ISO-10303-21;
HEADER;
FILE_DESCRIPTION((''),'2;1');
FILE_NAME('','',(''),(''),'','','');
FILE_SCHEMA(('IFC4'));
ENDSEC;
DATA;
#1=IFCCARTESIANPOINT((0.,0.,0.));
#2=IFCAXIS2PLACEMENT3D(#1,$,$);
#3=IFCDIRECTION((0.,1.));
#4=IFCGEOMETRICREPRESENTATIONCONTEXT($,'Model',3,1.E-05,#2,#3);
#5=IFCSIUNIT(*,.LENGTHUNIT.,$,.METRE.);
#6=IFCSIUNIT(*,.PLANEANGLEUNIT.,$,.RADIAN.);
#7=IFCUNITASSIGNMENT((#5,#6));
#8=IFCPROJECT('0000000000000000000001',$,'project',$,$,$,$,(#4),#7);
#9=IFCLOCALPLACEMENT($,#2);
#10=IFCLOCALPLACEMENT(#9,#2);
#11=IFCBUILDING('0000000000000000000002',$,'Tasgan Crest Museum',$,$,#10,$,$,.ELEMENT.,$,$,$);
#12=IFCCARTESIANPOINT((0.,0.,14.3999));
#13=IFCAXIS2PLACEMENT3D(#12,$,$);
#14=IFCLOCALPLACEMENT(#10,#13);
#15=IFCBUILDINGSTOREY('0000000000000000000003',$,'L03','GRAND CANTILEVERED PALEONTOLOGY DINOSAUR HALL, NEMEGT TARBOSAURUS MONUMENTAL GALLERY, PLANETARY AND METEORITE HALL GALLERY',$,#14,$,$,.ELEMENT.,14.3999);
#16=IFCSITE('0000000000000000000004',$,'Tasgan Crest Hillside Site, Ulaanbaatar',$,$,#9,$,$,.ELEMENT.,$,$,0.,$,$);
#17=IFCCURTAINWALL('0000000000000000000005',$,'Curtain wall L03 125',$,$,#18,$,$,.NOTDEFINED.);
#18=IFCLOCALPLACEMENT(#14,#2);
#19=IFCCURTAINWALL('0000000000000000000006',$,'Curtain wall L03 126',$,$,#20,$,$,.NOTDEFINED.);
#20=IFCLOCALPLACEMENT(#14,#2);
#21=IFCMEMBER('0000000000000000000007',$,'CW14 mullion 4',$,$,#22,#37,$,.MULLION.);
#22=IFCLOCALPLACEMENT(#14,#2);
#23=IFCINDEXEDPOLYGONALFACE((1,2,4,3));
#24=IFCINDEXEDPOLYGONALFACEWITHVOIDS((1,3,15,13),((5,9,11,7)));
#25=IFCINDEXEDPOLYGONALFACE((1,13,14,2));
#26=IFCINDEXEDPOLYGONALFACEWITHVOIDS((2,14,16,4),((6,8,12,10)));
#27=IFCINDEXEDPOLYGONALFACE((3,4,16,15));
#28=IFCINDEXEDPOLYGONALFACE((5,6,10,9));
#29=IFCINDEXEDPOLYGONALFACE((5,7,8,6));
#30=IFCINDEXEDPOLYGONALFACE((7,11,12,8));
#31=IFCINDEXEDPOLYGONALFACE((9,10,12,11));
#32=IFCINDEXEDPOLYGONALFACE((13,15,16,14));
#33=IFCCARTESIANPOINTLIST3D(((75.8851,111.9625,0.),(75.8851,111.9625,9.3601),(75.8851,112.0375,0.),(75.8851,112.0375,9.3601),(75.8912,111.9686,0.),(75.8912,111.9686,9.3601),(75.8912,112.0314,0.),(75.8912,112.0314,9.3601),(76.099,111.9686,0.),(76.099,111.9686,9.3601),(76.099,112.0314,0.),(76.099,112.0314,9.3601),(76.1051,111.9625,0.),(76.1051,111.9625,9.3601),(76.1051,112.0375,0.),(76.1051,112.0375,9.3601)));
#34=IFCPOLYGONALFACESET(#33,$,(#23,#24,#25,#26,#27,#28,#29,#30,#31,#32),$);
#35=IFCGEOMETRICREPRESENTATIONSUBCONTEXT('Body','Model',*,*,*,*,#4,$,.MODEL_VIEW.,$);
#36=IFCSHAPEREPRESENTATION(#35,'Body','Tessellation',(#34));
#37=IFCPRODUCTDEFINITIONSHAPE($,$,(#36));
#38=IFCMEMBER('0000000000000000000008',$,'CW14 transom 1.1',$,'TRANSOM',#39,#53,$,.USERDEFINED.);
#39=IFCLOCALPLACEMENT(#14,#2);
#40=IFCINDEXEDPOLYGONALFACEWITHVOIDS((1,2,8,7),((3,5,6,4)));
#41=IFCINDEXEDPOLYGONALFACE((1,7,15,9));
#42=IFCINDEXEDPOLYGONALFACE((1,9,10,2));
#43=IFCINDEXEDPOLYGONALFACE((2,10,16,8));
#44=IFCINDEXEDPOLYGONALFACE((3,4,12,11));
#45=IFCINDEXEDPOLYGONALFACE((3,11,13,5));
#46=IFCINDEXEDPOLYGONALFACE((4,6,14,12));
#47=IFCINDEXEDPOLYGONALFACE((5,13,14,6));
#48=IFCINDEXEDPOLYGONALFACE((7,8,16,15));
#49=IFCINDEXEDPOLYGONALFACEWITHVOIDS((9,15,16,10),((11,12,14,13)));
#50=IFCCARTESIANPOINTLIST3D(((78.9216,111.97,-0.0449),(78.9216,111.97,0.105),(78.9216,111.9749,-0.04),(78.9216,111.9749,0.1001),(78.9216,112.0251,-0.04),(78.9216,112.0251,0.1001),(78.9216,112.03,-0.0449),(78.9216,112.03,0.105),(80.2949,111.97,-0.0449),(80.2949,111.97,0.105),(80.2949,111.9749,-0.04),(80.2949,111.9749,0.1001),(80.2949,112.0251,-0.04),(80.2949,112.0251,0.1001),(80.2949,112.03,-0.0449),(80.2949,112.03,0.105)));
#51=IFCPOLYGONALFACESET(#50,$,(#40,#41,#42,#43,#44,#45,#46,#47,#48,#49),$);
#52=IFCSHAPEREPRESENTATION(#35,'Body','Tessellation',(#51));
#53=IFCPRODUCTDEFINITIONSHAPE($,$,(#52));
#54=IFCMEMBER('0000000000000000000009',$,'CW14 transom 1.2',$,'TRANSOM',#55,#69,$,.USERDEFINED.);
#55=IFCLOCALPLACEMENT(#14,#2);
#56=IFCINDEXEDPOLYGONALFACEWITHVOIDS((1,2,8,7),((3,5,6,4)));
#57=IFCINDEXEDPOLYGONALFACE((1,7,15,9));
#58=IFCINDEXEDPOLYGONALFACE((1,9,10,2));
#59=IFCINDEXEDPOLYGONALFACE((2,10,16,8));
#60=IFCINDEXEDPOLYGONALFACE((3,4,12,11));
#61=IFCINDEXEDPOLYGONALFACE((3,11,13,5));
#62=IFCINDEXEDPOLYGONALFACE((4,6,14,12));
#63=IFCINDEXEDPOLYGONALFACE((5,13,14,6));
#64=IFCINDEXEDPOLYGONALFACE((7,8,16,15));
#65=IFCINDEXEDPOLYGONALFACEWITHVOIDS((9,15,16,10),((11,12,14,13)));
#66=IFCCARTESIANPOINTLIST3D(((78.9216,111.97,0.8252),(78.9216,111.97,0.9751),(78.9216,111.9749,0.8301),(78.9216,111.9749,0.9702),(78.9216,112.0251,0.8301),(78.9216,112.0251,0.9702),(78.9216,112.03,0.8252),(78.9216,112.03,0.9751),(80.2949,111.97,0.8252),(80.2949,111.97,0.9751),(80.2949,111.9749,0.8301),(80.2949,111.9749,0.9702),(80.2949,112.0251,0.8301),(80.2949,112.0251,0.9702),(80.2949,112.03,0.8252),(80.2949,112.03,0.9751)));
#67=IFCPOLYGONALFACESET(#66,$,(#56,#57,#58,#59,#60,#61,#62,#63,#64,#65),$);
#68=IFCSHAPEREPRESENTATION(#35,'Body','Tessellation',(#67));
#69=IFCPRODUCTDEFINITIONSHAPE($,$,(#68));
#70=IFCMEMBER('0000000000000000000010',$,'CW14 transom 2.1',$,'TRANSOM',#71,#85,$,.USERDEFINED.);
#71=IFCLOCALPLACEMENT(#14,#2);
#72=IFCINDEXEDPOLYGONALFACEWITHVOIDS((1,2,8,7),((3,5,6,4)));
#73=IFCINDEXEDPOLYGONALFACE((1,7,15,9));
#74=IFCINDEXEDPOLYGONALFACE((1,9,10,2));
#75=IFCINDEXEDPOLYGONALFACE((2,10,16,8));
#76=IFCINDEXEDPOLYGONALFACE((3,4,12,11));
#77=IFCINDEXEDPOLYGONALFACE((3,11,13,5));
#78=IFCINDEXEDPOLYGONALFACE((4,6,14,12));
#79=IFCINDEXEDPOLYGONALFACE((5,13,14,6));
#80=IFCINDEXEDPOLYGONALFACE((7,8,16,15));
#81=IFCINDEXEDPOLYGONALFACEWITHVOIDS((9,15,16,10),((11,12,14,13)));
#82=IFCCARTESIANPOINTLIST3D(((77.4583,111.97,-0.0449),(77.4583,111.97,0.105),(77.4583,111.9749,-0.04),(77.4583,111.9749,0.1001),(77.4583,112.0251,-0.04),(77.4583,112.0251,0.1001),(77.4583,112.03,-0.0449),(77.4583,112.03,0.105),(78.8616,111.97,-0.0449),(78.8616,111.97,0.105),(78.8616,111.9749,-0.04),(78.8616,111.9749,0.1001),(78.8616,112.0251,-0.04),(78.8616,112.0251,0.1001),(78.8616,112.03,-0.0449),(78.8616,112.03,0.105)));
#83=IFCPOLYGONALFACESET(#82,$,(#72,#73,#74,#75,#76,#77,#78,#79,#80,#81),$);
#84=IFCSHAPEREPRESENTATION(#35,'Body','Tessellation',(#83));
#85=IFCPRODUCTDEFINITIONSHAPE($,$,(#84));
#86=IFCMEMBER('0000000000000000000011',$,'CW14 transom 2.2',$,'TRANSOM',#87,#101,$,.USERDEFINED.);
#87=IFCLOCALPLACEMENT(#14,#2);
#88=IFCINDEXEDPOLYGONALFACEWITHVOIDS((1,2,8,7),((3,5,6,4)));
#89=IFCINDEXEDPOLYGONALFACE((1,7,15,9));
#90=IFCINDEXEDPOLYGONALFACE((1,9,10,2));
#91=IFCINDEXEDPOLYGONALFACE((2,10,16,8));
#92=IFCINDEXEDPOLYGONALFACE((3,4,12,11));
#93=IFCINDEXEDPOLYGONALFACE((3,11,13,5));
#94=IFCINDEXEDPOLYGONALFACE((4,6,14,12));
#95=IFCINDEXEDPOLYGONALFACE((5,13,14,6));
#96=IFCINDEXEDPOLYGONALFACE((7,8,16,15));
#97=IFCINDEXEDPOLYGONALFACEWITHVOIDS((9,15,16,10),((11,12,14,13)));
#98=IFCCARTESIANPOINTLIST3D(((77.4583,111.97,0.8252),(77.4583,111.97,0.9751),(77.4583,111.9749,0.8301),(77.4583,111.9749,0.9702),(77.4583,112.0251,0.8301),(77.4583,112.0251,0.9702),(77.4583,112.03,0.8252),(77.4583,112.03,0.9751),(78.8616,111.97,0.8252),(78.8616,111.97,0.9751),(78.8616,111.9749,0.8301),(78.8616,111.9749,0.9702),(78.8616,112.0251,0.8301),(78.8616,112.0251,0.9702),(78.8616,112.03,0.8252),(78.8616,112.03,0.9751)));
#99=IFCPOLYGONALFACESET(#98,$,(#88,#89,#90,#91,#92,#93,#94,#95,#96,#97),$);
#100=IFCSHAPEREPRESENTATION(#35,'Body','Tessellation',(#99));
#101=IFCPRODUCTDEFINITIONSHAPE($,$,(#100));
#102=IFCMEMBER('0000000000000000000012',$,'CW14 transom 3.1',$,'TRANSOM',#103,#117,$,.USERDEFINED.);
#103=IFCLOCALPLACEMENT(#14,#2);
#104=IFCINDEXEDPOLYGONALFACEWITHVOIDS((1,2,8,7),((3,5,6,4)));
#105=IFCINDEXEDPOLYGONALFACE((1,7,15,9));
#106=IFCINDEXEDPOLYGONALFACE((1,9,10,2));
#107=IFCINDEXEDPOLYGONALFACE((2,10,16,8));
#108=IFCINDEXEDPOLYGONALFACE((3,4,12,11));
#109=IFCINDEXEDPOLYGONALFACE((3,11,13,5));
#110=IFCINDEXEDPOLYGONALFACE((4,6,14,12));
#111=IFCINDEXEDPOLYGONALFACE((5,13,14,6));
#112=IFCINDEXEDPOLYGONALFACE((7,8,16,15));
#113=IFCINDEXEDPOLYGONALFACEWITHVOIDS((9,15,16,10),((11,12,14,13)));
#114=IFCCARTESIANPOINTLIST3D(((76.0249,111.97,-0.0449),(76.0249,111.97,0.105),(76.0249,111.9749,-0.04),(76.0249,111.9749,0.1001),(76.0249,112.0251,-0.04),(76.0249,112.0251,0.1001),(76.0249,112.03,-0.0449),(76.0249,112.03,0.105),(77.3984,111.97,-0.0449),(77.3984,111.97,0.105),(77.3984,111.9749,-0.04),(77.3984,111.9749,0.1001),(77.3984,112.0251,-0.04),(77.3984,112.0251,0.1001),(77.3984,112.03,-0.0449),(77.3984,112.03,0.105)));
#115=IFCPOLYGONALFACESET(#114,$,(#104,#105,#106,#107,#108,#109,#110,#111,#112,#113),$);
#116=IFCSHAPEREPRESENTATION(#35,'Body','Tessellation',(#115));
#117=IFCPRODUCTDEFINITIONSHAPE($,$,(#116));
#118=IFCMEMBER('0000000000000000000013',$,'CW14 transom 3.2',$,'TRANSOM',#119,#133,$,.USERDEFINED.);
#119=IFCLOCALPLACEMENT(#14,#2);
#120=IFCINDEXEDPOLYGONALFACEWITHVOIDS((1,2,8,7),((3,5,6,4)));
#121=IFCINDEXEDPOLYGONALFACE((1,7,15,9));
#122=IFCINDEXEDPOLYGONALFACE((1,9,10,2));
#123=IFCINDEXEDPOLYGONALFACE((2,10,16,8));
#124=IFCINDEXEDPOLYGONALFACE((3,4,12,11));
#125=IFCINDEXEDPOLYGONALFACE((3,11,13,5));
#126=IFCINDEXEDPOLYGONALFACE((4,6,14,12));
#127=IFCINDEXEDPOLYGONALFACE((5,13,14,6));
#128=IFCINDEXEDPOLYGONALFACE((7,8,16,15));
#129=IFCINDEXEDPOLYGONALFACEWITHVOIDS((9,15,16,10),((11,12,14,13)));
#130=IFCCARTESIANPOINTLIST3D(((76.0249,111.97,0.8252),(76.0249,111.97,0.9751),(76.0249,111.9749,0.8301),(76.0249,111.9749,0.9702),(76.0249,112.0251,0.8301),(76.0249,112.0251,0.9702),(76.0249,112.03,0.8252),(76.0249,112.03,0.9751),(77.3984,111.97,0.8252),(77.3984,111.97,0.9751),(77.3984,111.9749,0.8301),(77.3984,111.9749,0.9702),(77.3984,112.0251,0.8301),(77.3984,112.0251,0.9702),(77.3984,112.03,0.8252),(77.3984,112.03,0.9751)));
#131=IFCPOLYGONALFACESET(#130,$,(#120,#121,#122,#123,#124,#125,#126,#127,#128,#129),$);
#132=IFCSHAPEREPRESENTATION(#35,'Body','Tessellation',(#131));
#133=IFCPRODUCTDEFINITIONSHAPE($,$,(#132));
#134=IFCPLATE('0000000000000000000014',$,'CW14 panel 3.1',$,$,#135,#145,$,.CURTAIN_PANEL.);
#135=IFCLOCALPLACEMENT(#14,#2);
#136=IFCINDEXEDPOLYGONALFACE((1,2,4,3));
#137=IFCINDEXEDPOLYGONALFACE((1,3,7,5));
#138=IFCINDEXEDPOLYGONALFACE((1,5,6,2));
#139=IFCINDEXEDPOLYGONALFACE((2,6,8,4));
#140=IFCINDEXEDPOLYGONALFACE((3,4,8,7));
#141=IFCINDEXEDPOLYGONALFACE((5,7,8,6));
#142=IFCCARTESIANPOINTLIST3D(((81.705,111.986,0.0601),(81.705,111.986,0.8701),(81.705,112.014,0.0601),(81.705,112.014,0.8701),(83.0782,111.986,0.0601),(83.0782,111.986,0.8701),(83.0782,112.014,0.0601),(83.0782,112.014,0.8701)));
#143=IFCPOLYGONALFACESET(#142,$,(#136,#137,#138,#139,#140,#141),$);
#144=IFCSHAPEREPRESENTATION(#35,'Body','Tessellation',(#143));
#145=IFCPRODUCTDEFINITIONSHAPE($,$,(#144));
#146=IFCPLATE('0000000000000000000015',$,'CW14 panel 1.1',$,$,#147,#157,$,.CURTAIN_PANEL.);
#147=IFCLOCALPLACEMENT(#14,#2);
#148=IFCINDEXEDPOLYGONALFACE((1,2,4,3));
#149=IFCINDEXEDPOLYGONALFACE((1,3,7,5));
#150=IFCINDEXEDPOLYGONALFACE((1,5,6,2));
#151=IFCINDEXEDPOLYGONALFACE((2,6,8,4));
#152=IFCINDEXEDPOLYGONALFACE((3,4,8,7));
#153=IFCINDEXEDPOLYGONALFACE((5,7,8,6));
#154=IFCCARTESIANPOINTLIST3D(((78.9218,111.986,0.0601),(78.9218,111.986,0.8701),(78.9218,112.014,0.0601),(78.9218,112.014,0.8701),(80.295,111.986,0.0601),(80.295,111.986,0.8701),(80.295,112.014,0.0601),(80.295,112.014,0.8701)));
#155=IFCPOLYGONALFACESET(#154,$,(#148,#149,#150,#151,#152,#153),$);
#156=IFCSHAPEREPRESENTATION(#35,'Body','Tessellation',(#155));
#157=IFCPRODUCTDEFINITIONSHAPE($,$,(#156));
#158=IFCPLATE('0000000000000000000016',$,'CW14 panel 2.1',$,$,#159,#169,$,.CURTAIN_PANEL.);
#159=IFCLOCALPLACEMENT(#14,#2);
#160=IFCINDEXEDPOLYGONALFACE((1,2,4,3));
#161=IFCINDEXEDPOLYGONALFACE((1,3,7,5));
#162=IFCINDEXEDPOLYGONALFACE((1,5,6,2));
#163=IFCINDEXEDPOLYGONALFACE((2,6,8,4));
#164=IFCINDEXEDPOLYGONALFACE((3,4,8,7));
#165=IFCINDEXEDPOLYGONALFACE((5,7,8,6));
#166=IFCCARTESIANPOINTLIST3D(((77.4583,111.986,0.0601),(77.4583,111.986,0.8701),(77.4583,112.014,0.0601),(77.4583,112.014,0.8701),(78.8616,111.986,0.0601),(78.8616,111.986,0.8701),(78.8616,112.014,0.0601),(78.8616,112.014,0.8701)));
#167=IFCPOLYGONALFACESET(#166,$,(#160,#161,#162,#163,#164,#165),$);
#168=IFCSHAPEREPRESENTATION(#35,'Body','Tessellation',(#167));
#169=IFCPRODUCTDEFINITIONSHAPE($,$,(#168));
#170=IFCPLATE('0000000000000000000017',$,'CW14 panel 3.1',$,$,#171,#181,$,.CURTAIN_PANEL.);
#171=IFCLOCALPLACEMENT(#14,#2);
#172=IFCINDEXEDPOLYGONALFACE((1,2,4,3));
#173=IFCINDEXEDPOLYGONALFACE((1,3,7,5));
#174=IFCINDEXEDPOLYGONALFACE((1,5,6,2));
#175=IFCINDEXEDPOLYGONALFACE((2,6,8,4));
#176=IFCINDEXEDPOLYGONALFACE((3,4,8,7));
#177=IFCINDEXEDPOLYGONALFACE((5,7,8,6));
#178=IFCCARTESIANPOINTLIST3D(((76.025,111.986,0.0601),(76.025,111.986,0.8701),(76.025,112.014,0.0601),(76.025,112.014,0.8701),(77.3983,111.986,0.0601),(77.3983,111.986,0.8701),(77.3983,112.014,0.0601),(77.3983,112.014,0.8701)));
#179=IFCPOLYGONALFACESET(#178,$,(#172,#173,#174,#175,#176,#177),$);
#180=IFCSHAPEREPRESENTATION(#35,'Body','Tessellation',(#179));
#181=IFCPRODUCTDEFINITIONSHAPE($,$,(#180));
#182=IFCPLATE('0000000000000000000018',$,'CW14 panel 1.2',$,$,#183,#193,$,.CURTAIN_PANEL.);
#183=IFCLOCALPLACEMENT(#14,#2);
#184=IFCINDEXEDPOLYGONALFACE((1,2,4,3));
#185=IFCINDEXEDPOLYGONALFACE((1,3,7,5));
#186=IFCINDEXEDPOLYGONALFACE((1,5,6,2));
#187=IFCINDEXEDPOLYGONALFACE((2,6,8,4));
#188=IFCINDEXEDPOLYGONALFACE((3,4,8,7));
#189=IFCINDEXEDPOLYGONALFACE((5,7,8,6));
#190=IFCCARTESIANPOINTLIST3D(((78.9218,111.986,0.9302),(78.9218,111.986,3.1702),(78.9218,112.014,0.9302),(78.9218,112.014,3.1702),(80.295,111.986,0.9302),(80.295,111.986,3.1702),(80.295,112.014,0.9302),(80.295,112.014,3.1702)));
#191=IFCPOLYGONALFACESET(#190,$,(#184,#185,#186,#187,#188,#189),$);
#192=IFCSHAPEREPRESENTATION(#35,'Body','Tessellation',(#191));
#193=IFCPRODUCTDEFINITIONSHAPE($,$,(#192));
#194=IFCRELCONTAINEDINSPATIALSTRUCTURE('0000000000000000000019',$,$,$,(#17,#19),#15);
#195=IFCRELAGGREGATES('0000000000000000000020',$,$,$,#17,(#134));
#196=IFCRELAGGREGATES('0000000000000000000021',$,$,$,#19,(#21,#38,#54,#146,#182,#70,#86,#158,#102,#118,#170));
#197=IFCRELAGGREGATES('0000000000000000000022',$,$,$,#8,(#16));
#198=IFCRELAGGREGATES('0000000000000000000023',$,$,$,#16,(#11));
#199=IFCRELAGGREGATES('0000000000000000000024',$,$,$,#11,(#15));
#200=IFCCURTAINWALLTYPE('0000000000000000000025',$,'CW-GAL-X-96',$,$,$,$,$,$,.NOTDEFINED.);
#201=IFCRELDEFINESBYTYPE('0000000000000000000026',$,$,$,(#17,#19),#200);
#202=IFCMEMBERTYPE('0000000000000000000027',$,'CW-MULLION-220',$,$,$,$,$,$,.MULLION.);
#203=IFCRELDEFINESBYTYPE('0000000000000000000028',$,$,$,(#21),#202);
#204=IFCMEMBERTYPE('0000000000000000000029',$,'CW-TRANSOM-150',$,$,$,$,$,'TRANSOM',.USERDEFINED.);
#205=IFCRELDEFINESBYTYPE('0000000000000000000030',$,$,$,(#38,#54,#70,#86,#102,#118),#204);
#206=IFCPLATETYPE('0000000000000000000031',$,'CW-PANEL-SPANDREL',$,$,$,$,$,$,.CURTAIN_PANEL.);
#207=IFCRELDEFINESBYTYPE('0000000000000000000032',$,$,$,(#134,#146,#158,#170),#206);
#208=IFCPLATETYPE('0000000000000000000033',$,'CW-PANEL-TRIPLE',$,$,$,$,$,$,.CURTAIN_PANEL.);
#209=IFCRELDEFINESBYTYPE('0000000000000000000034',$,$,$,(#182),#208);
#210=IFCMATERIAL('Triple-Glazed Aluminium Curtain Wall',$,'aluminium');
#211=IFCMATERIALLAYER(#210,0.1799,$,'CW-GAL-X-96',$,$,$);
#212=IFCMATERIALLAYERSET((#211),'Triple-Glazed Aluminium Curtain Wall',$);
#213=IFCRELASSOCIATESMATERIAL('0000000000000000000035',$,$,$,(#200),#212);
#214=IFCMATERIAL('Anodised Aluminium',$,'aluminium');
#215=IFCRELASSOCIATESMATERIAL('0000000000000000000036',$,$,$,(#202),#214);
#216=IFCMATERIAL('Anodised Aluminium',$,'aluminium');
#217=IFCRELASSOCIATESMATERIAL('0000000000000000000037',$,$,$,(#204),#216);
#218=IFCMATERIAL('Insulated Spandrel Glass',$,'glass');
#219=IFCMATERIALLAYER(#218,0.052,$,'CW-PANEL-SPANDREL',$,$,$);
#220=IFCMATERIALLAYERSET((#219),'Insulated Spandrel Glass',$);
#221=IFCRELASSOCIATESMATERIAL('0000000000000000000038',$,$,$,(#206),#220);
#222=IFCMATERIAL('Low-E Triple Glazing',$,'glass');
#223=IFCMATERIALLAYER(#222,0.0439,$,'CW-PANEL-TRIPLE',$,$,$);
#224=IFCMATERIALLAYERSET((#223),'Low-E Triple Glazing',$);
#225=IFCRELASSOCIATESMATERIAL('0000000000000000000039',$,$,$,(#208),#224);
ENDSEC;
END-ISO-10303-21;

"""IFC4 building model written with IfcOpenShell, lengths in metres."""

from ifc_helpers import new_model, si_unit, direction, frame, origin, origin_2d, place, context, subcontext, project, spatial, rectangle, hollow_rectangle, extrude, material, layer, layer_set, material_profile, profile_set, type_object, element, aggregate, save


model = new_model("IFC4")

# Units and contexts
model_context = context("Model", 3, precision=1e-05, world=origin(), true_north=direction((0.0, 1.0)))
body_context = subcontext(model_context, "Body", "Model", "MODEL_VIEW")
ifc_project = project(units=[si_unit("LENGTHUNIT", "METRE"), si_unit("PLANEANGLEUNIT", "RADIAN")], contexts=[model_context])

# Site, building, storey
site_placement = place(None, origin())
site = spatial("IfcSite", under=ifc_project, at=site_placement, Name="Tasgan Crest Hillside Site, Ulaanbaatar", CompositionType="ELEMENT", RefElevation=0.0)
building_placement = place(site_placement, origin())
building = spatial("IfcBuilding", under=site, at=building_placement, Name="Tasgan Crest Museum", CompositionType="ELEMENT")
storey_placement = place(building_placement, frame((0.0, 0.0, 14.3999)))
storey = spatial("IfcBuildingStorey", under=building, at=storey_placement, Name="L03", Description="GRAND CANTILEVERED PALEONTOLOGY DINOSAUR HALL, NEMEGT TARBOSAURUS MONUMENTAL GALLERY, PLANETARY AND METEORITE HALL GALLERY", CompositionType="ELEMENT", Elevation=14.3999)

# Curtain wall
ifc_material_1 = material(Name="Triple-Glazed Aluminium Curtain Wall", Category="aluminium")
ifc_layer_1 = layer(ifc_material_1, 0.1799, Name="CW-GAL-X-96")
ifc_layer_set_1 = layer_set([ifc_layer_1], Name="Triple-Glazed Aluminium Curtain Wall")
curtain_wall_type = type_object("IfcCurtainWallType", Name="CW-GAL-X-96", PredefinedType="NOTDEFINED", material=ifc_layer_set_1)
curtain_wall_1_placement = place(storey_placement, origin())
curtain_wall_1 = element("IfcCurtainWall", 1, at=curtain_wall_1_placement, inside=storey, type_object=curtain_wall_type, Name="Curtain wall L03 125", PredefinedType="NOTDEFINED")
ifc_material_2 = material(Name="Anodised Aluminium", Category="aluminium")
ifc_material_profile_1 = material_profile(ifc_material_2, hollow_rectangle(XDim=0.075, YDim=0.22, WallThickness=0.0061, at=origin_2d()), Name="ALU MULLION 220x75x6")
ifc_profile_set_1 = profile_set([ifc_material_profile_1], Name="Anodised Aluminium")
member_type_1 = type_object("IfcMemberType", Name="CW-MULLION-220", PredefinedType="MULLION", material=ifc_profile_set_1)

# Curtain wall, members
curtain_wall_2_placement = place(storey_placement, origin())
curtain_wall_2 = element("IfcCurtainWall", 2, at=curtain_wall_2_placement, inside=storey, type_object=curtain_wall_type, Name="Curtain wall L03 126", PredefinedType="NOTDEFINED")
member_1_placement = place(storey_placement, frame((75.9951, 112.0, 0.0), z_axis=(0.0, 0.0, 1.0), x_axis=(0.0, -1.0, 0.0)))
member_1 = element("IfcMember", 3, at=member_1_placement, type_object=member_type_1, Name="CW14 mullion 4", PredefinedType="MULLION", context=body_context, shape_type="SweptSolid", body=[
    extrude(hollow_rectangle(XDim=0.075, YDim=0.22, WallThickness=0.0061, at=origin_2d()), origin(), (0.0, 0.0, 1.0), 9.3601),
])
ifc_material_3 = material(Name="Anodised Aluminium", Category="aluminium")
ifc_material_profile_2 = material_profile(ifc_material_3, hollow_rectangle(XDim=0.0601, YDim=0.1499, WallThickness=0.0049, at=origin_2d()), Name="ALU TRANSOM 150x60x5")
ifc_profile_set_2 = profile_set([ifc_material_profile_2], Name="Anodised Aluminium")
member_type_2 = type_object("IfcMemberType", Name="CW-TRANSOM-150", ElementType="TRANSOM", PredefinedType="USERDEFINED", material=ifc_profile_set_2)
member_2_placement = place(storey_placement, frame((80.2949, 112.0, 0.03), z_axis=(-1.0, 0.0, 0.0), x_axis=(0.0, -1.0, 0.0)))
member_2 = element("IfcMember", 4, at=member_2_placement, type_object=member_type_2, Name="CW14 transom 1.1", ObjectType="TRANSOM", PredefinedType="USERDEFINED", context=body_context, shape_type="SweptSolid", body=[
    extrude(hollow_rectangle(XDim=0.0601, YDim=0.1499, WallThickness=0.0049, at=origin_2d()), origin(), (0.0, 0.0, 1.0), 1.3733),
])
member_3_placement = place(storey_placement, frame((80.2949, 112.0, 0.9001), z_axis=(-1.0, 0.0, 0.0), x_axis=(0.0, -1.0, 0.0)))
member_3 = element("IfcMember", 5, at=member_3_placement, type_object=member_type_2, Name="CW14 transom 1.2", ObjectType="TRANSOM", PredefinedType="USERDEFINED", context=body_context, shape_type="SweptSolid", body=[
    extrude(hollow_rectangle(XDim=0.0601, YDim=0.1499, WallThickness=0.0049, at=origin_2d()), origin(), (0.0, 0.0, 1.0), 1.3733),
])
member_4_placement = place(storey_placement, frame((78.8616, 112.0, 0.03), z_axis=(-1.0, 0.0, 0.0), x_axis=(0.0, -1.0, 0.0)))
member_4 = element("IfcMember", 6, at=member_4_placement, type_object=member_type_2, Name="CW14 transom 2.1", ObjectType="TRANSOM", PredefinedType="USERDEFINED", context=body_context, shape_type="SweptSolid", body=[
    extrude(hollow_rectangle(XDim=0.0601, YDim=0.1499, WallThickness=0.0049, at=origin_2d()), origin(), (0.0, 0.0, 1.0), 1.4033),
])
member_5_placement = place(storey_placement, frame((78.8616, 112.0, 0.9001), z_axis=(-1.0, 0.0, 0.0), x_axis=(0.0, -1.0, 0.0)))
member_5 = element("IfcMember", 7, at=member_5_placement, type_object=member_type_2, Name="CW14 transom 2.2", ObjectType="TRANSOM", PredefinedType="USERDEFINED", context=body_context, shape_type="SweptSolid", body=[
    extrude(hollow_rectangle(XDim=0.0601, YDim=0.1499, WallThickness=0.0049, at=origin_2d()), origin(), (0.0, 0.0, 1.0), 1.4033),
])
member_6_placement = place(storey_placement, frame((77.3984, 112.0, 0.03), z_axis=(-1.0, 0.0, 0.0), x_axis=(0.0, -1.0, 0.0)))
member_6 = element("IfcMember", 8, at=member_6_placement, type_object=member_type_2, Name="CW14 transom 3.1", ObjectType="TRANSOM", PredefinedType="USERDEFINED", context=body_context, shape_type="SweptSolid", body=[
    extrude(hollow_rectangle(XDim=0.0601, YDim=0.1499, WallThickness=0.0049, at=origin_2d()), origin(), (0.0, 0.0, 1.0), 1.3735),
])
member_7_placement = place(storey_placement, frame((77.3984, 112.0, 0.9001), z_axis=(-1.0, 0.0, 0.0), x_axis=(0.0, -1.0, 0.0)))
member_7 = element("IfcMember", 9, at=member_7_placement, type_object=member_type_2, Name="CW14 transom 3.2", ObjectType="TRANSOM", PredefinedType="USERDEFINED", context=body_context, shape_type="SweptSolid", body=[
    extrude(hollow_rectangle(XDim=0.0601, YDim=0.1499, WallThickness=0.0049, at=origin_2d()), origin(), (0.0, 0.0, 1.0), 1.3735),
])

# Plates
ifc_material_4 = material(Name="Insulated Spandrel Glass", Category="glass")
ifc_layer_2 = layer(ifc_material_4, 0.052, Name="CW-PANEL-SPANDREL")
ifc_layer_set_2 = layer_set([ifc_layer_2], Name="Insulated Spandrel Glass")
plate_type_1 = type_object("IfcPlateType", Name="CW-PANEL-SPANDREL", PredefinedType="CURTAIN_PANEL", material=ifc_layer_set_2)
plate_1_placement = place(storey_placement, frame((82.3916, 112.0, 0.0601), z_axis=(0.0, 0.0, 1.0), x_axis=(-1.0, 0.0, 0.0)))
plate_1 = element("IfcPlate", 10, at=plate_1_placement, type_object=plate_type_1, Name="CW14 panel 3.1", PredefinedType="CURTAIN_PANEL", context=body_context, shape_type="SweptSolid", body=[
    extrude(rectangle(XDim=1.3733, YDim=0.0281, at=origin_2d()), origin(), (0.0, 0.0, 1.0), 0.8101),
])
aggregate(curtain_wall_1, [plate_1])
plate_2_placement = place(storey_placement, frame((79.6084, 112.0, 0.0601), z_axis=(0.0, 0.0, 1.0), x_axis=(-1.0, 0.0, 0.0)))
plate_2 = element("IfcPlate", 11, at=plate_2_placement, type_object=plate_type_1, Name="CW14 panel 1.1", PredefinedType="CURTAIN_PANEL", context=body_context, shape_type="SweptSolid", body=[
    extrude(rectangle(XDim=1.3733, YDim=0.0281, at=origin_2d()), origin(), (0.0, 0.0, 1.0), 0.8101),
])
plate_3_placement = place(storey_placement, frame((78.1599, 112.0, 0.0601), z_axis=(0.0, 0.0, 1.0), x_axis=(-1.0, 0.0, 0.0)))
plate_3 = element("IfcPlate", 12, at=plate_3_placement, type_object=plate_type_1, Name="CW14 panel 2.1", PredefinedType="CURTAIN_PANEL", context=body_context, shape_type="SweptSolid", body=[
    extrude(rectangle(XDim=1.4033, YDim=0.0281, at=origin_2d()), origin(), (0.0, 0.0, 1.0), 0.8101),
])
plate_4_placement = place(storey_placement, frame((76.7117, 112.0, 0.0601), z_axis=(0.0, 0.0, 1.0), x_axis=(-1.0, 0.0, 0.0)))
plate_4 = element("IfcPlate", 13, at=plate_4_placement, type_object=plate_type_1, Name="CW14 panel 3.1", PredefinedType="CURTAIN_PANEL", context=body_context, shape_type="SweptSolid", body=[
    extrude(rectangle(XDim=1.3733, YDim=0.0281, at=origin_2d()), origin(), (0.0, 0.0, 1.0), 0.8101),
])
ifc_material_5 = material(Name="Low-E Triple Glazing", Category="glass")
ifc_layer_3 = layer(ifc_material_5, 0.0439, Name="CW-PANEL-TRIPLE")
ifc_layer_set_3 = layer_set([ifc_layer_3], Name="Low-E Triple Glazing")
plate_type_2 = type_object("IfcPlateType", Name="CW-PANEL-TRIPLE", PredefinedType="CURTAIN_PANEL", material=ifc_layer_set_3)
plate_5_placement = place(storey_placement, frame((79.6084, 112.0, 0.9302), z_axis=(0.0, 0.0, 1.0), x_axis=(-1.0, 0.0, 0.0)))
plate_5 = element("IfcPlate", 14, at=plate_5_placement, type_object=plate_type_2, Name="CW14 panel 1.2", PredefinedType="CURTAIN_PANEL", context=body_context, shape_type="SweptSolid", body=[
    extrude(rectangle(XDim=1.3733, YDim=0.0281, at=origin_2d()), origin(), (0.0, 0.0, 1.0), 2.24),
])
aggregate(curtain_wall_2, [member_1, member_2, member_3, plate_2, plate_5, member_4, member_5, plate_3, member_6, member_7, plate_4])

save(model, "model.ifc")
